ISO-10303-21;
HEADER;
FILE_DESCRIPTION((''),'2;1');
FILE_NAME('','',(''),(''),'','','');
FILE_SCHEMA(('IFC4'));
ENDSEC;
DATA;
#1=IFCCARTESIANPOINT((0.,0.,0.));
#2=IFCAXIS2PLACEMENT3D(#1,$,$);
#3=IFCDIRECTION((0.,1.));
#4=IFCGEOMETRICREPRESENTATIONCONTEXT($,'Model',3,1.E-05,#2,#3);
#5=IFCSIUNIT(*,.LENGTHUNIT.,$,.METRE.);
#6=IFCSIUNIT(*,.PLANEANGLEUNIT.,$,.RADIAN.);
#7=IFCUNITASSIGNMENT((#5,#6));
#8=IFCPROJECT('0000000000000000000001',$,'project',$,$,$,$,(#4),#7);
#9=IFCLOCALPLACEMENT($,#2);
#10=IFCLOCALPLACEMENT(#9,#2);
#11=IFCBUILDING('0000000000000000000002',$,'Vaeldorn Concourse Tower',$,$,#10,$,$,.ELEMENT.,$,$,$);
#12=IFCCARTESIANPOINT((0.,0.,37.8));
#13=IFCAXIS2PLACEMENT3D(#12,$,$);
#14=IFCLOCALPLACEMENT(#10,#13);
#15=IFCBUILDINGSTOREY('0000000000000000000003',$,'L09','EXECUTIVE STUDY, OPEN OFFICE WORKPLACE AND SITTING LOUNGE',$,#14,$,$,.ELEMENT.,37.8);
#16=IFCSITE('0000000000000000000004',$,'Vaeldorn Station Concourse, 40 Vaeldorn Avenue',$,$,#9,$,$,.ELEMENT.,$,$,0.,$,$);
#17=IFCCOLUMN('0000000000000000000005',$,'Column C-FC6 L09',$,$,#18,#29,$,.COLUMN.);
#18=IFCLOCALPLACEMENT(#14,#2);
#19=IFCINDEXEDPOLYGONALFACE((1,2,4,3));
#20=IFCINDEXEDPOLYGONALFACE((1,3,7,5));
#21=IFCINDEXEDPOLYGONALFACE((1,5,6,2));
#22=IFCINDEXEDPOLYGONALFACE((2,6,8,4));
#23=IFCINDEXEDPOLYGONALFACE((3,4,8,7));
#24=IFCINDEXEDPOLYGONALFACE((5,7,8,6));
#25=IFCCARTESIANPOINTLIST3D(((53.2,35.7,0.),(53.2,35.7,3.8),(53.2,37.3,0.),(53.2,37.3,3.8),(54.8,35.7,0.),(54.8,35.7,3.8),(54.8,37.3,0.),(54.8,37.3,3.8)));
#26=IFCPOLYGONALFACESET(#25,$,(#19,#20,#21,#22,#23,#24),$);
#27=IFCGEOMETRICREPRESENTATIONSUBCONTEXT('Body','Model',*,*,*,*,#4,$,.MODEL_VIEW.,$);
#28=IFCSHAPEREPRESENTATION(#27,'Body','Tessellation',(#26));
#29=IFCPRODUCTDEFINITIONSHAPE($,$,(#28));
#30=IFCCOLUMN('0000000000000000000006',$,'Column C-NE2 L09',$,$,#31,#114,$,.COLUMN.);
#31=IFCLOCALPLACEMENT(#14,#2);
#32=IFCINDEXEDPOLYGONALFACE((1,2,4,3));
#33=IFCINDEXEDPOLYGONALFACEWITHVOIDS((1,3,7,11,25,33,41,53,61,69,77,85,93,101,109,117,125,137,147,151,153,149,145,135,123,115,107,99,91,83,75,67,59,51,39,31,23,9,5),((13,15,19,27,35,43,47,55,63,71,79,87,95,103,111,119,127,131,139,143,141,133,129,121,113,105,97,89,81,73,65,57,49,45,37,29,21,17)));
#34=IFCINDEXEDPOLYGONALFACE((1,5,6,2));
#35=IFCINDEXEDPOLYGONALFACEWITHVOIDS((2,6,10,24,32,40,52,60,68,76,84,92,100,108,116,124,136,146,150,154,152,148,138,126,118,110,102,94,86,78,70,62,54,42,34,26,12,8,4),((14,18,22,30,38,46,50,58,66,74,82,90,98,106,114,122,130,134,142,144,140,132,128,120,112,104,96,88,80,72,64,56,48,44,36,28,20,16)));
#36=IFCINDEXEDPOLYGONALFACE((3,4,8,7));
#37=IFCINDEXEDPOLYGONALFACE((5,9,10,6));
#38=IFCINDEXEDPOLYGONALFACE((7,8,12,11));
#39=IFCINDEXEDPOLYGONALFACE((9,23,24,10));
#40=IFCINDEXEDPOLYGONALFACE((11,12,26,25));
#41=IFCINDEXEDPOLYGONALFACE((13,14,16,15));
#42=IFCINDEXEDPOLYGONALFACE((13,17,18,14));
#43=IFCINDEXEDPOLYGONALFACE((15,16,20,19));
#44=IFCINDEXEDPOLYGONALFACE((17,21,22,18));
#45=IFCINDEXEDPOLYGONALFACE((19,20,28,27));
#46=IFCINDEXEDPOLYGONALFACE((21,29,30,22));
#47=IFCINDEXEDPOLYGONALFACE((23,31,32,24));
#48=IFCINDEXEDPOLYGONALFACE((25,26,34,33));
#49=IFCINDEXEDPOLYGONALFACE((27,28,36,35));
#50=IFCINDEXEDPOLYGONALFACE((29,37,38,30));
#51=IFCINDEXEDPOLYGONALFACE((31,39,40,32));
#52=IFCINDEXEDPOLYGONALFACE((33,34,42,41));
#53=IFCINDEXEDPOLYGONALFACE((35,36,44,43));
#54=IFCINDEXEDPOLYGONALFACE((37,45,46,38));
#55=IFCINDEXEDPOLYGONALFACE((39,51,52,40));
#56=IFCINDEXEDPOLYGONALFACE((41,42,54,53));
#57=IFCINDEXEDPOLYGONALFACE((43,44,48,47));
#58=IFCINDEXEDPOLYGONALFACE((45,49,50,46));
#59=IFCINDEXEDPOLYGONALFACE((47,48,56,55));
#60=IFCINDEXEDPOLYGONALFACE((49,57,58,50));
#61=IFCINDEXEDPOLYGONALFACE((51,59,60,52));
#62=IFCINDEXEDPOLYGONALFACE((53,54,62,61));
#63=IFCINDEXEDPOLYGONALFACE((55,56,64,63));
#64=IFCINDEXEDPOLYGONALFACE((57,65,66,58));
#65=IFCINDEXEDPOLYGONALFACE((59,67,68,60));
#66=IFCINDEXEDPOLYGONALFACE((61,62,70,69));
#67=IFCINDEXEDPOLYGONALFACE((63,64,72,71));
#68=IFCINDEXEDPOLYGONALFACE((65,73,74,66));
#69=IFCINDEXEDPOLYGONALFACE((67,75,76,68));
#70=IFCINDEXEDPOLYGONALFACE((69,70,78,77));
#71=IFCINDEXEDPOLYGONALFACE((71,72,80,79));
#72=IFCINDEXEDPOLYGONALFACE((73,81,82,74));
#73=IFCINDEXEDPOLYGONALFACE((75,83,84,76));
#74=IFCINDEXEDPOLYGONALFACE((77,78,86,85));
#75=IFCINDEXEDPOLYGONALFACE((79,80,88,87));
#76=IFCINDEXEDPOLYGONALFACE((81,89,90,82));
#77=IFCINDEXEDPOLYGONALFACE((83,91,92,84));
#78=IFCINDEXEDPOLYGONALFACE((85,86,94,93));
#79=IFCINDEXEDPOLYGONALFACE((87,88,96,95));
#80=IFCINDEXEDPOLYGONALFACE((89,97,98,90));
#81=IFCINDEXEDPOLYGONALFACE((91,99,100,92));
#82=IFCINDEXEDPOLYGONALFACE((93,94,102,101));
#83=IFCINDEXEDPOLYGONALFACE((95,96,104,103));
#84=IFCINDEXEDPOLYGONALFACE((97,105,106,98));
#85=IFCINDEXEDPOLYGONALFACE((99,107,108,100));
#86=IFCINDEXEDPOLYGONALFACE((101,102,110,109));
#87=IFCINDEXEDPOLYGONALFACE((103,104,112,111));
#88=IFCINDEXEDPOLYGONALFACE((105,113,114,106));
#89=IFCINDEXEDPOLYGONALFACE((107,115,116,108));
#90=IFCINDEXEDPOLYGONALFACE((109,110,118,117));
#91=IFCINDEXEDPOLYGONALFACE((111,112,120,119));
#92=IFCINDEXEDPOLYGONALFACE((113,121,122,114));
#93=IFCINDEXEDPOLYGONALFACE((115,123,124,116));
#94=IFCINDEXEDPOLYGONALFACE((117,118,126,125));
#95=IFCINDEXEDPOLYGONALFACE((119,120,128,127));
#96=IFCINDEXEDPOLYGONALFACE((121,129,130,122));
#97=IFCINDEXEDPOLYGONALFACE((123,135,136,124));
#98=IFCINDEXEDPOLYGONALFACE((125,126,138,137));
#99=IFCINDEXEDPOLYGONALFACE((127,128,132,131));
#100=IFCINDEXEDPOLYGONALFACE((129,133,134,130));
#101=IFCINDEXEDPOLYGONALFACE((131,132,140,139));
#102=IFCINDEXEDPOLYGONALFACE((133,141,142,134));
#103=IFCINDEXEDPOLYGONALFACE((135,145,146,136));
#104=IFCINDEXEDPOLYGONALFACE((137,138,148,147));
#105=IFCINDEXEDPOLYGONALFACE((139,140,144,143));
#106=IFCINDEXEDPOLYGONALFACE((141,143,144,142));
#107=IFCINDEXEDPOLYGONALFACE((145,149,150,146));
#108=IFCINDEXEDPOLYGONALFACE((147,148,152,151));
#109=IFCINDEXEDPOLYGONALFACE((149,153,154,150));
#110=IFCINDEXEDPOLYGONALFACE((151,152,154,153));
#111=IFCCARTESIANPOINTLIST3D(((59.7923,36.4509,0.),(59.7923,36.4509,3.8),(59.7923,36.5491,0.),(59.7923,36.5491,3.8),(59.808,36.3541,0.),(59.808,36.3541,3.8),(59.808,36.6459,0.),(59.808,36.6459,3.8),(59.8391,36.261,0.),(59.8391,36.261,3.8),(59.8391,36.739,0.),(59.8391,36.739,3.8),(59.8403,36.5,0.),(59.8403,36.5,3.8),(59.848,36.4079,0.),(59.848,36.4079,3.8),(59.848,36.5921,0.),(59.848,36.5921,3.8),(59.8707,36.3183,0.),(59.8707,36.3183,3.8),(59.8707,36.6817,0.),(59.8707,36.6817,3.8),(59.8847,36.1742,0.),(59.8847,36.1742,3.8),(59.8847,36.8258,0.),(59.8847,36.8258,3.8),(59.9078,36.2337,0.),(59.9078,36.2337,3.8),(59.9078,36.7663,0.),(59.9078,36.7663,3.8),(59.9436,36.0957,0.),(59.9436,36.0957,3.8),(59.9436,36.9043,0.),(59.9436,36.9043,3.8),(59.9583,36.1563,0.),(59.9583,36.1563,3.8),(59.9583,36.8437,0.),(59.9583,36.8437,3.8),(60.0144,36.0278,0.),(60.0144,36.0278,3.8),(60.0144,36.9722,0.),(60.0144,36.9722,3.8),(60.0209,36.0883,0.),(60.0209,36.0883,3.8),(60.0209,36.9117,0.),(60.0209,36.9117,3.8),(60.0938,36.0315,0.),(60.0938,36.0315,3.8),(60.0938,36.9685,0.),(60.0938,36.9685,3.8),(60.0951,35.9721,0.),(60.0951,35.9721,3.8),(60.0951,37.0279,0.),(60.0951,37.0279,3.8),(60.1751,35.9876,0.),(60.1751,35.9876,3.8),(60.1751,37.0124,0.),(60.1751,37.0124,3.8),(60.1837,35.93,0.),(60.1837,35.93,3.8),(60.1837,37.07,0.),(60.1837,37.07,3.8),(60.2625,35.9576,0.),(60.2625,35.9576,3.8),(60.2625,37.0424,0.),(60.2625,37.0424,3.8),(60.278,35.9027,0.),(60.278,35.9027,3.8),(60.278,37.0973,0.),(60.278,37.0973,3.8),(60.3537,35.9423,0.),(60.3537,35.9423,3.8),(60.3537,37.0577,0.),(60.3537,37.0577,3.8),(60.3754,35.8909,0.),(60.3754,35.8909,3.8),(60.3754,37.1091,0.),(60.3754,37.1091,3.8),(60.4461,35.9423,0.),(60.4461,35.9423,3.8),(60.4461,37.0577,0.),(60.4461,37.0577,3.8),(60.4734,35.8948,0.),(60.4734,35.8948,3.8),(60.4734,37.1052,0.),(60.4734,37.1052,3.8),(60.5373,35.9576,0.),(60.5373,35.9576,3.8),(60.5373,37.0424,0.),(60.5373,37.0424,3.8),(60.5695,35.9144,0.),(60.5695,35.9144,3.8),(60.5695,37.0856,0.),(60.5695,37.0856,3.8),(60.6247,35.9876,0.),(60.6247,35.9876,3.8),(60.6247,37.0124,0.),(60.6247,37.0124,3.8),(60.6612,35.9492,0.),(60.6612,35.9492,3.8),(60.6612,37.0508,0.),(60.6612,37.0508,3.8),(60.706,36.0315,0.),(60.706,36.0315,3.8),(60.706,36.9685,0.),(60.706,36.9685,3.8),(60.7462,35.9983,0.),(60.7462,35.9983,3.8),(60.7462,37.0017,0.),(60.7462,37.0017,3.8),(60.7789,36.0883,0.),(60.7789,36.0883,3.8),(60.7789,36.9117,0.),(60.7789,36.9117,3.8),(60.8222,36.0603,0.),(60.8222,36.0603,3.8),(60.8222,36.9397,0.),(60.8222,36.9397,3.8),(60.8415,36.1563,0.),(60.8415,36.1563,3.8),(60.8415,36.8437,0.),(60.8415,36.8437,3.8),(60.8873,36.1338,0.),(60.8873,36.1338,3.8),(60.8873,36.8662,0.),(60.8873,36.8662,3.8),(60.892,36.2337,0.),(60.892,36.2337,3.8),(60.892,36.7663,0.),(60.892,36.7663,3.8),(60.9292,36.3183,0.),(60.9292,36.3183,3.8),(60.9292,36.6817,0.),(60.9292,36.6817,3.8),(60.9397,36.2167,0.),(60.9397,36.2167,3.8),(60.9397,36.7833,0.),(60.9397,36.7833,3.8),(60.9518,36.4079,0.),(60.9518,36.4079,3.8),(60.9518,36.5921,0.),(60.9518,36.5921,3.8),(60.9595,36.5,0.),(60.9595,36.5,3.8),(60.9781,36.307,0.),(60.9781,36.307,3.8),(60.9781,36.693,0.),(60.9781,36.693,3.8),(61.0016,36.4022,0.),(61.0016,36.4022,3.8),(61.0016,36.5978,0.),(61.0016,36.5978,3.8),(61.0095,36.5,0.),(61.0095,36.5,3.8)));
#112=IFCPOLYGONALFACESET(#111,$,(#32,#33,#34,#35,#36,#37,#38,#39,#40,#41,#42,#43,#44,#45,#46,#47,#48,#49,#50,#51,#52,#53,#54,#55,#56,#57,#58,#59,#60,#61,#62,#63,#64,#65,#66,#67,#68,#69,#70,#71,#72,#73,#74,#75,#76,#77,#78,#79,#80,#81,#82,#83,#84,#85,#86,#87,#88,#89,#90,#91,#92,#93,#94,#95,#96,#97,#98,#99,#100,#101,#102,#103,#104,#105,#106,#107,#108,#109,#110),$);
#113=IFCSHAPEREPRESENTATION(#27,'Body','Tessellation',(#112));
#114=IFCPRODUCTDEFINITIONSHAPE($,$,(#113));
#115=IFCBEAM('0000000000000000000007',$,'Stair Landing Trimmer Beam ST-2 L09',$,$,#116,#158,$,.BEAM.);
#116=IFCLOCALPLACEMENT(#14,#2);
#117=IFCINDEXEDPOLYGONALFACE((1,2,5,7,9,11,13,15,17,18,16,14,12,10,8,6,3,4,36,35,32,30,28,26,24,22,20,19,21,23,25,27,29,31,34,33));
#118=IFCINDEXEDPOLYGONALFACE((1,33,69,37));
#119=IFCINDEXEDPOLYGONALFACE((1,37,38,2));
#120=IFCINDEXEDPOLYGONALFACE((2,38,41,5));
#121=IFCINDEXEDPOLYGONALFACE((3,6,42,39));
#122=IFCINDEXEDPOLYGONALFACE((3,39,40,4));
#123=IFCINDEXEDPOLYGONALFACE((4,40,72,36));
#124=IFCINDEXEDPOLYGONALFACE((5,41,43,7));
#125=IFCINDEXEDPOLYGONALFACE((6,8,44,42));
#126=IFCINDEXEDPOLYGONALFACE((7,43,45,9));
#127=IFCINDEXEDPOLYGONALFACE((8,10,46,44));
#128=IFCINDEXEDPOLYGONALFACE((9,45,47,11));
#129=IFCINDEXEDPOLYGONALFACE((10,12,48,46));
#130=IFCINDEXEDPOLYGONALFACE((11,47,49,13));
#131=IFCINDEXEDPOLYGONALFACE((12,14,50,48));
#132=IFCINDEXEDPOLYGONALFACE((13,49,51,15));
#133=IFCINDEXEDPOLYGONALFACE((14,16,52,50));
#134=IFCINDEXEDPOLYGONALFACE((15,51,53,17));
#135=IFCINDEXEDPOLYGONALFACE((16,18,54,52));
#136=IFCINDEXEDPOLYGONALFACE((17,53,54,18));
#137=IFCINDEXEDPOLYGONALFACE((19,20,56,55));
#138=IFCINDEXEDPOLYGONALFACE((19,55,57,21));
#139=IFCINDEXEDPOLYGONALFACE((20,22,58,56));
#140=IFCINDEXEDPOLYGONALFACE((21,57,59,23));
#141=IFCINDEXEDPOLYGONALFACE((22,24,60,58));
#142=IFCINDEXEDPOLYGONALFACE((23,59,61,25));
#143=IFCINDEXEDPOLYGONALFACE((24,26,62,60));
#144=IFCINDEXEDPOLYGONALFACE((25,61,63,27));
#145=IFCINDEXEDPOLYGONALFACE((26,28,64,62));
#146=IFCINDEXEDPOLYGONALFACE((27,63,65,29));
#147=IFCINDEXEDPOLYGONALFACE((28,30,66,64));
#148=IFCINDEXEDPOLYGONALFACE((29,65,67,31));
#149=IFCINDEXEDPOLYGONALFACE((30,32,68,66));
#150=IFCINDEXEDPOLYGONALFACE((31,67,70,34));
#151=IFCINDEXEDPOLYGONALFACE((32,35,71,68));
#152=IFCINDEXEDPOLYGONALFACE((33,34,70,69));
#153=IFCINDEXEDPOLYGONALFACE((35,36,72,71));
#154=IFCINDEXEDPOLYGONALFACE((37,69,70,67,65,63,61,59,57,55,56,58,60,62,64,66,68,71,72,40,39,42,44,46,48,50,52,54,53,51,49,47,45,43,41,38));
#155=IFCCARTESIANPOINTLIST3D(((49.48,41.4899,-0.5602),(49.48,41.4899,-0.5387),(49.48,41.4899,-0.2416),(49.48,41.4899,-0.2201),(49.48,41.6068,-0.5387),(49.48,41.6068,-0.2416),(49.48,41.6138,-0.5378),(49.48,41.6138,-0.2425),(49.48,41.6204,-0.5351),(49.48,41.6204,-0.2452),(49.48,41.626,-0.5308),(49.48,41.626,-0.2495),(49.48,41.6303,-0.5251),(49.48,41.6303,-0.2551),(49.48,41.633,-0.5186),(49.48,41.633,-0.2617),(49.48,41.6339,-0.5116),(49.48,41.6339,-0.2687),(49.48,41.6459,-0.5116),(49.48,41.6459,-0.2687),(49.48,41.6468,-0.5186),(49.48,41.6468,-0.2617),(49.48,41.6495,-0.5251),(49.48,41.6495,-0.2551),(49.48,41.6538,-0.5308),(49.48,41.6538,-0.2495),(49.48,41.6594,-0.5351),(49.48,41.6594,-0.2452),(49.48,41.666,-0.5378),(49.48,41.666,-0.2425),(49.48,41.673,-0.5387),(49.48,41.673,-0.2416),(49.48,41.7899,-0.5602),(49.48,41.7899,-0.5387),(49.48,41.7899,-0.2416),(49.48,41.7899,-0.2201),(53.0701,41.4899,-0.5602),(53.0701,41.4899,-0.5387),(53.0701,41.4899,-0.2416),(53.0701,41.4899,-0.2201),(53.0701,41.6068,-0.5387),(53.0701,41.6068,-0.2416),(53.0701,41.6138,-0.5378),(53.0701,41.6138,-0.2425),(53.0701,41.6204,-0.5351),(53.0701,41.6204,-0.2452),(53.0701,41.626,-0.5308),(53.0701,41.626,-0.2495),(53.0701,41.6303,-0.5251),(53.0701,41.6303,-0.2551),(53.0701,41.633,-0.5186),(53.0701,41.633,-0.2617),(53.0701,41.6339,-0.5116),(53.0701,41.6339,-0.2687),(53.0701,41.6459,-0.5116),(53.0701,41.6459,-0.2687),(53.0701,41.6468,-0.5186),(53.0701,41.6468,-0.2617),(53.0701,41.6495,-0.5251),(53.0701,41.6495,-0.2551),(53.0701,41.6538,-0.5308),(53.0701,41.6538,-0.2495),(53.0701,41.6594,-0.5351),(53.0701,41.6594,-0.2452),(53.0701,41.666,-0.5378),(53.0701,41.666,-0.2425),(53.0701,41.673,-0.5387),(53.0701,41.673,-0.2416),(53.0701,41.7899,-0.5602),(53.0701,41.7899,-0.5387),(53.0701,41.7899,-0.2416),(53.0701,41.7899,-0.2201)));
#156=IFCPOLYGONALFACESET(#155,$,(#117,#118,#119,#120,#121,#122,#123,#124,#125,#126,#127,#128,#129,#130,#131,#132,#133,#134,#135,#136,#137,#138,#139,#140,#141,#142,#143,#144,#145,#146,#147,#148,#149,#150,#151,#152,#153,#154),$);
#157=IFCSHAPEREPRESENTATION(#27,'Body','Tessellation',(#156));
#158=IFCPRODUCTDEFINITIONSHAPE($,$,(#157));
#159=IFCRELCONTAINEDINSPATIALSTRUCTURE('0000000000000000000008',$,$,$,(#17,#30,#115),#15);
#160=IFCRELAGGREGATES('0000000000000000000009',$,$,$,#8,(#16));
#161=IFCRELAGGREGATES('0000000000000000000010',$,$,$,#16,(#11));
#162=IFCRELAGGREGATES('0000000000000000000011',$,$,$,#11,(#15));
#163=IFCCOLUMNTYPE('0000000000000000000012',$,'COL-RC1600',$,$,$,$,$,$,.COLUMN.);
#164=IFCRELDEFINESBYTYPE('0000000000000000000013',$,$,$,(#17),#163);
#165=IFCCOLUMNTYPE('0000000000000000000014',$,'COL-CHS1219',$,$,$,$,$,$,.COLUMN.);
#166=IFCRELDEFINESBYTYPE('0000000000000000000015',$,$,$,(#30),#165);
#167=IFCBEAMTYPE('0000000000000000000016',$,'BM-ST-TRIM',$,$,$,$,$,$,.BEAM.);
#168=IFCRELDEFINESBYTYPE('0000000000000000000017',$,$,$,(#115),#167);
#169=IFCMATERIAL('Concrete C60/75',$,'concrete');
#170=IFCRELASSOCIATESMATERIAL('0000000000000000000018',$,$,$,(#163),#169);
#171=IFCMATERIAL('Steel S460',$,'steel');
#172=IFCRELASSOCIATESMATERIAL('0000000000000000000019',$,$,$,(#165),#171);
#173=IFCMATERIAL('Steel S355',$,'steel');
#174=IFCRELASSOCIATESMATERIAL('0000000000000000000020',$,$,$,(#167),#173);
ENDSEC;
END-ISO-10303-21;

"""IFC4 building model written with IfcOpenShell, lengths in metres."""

from ifc_helpers import new_model, si_unit, direction, frame, origin, origin_2d, place, context, subcontext, project, spatial, rectangle, hollow_circle, i_section, extrude, source, transform, mapped, material, material_profile, profile_set, type_object, element, save


model = new_model("IFC4")

# Units and contexts
model_context = context("Model", 3, precision=1e-05, world=origin(), true_north=direction((0.0, 1.0)))
body_context = subcontext(model_context, "Body", "Model", "MODEL_VIEW")
ifc_project = project(units=[si_unit("LENGTHUNIT", "METRE"), si_unit("PLANEANGLEUNIT", "RADIAN")], contexts=[model_context])

# Site, building, storey
site_placement = place(None, origin())
site = spatial("IfcSite", under=ifc_project, at=site_placement, Name="Vaeldorn Station Concourse, 40 Vaeldorn Avenue", CompositionType="ELEMENT", RefElevation=0.0)
building_placement = place(site_placement, origin())
building = spatial("IfcBuilding", under=site, at=building_placement, Name="Vaeldorn Concourse Tower", CompositionType="ELEMENT")
storey_placement = place(building_placement, frame((0.0, 0.0, 37.8)))
storey = spatial("IfcBuildingStorey", under=building, at=storey_placement, Name="L09", Description="EXECUTIVE STUDY, OPEN OFFICE WORKPLACE AND SITTING LOUNGE", CompositionType="ELEMENT", Elevation=37.8)

# Columns
ifc_material_1 = material(Name="Concrete C60/75", Category="concrete")
ifc_material_profile_1 = material_profile(ifc_material_1, rectangle(XDim=1.6001, YDim=1.6001, at=origin_2d()), Name="RC 1600x1600")
ifc_profile_set_1 = profile_set([ifc_material_profile_1], Name="Concrete C60/75")
column_type_1 = type_object("IfcColumnType", Name="COL-RC1600", PredefinedType="COLUMN", material=ifc_profile_set_1)
shared_shape_1 = source(origin(), body_context, "Body", "SweptSolid", [
    extrude(rectangle(XDim=1.6001, YDim=1.6001, at=origin_2d()), origin(), (0.0, 0.0, 1.0), 3.8),
])
column_1_placement = place(storey_placement, frame((54.0, 36.5, 0.0), z_axis=(0.0, 0.0, 1.0), x_axis=(1.0, 0.0, 0.0)))
element("IfcColumn", 1, at=column_1_placement, inside=storey, type_object=column_type_1, Name="Column C-FC6 L09", PredefinedType="COLUMN", context=body_context, shape_type="MappedRepresentation", body=[
    mapped(shared_shape_1, transform((0.0, 0.0, 0.0), scale=1.0)),
])
ifc_material_2 = material(Name="Steel S460", Category="steel")
ifc_material_profile_2 = material_profile(ifc_material_2, hollow_circle(Radius=0.6096, WallThickness=0.05, at=origin_2d()), Name="CHS 1219x50")
ifc_profile_set_2 = profile_set([ifc_material_profile_2], Name="Steel S460")
column_type_2 = type_object("IfcColumnType", Name="COL-CHS1219", PredefinedType="COLUMN", material=ifc_profile_set_2)
shared_shape_2 = source(origin(), body_context, "Body", "SweptSolid", [
    extrude(hollow_circle(Radius=0.6096, WallThickness=0.05, at=origin_2d()), origin(), (0.0, 0.0, 1.0), 3.8),
])
column_2_placement = place(storey_placement, frame((60.3999, 36.5, 0.0), z_axis=(0.0, 0.0, 1.0), x_axis=(1.0, 0.0, 0.0)))
element("IfcColumn", 2, at=column_2_placement, inside=storey, type_object=column_type_2, Name="Column C-NE2 L09", PredefinedType="COLUMN", context=body_context, shape_type="MappedRepresentation", body=[
    mapped(shared_shape_2, transform((0.0, 0.0, 0.0), scale=1.0)),
])

# Beam
ifc_material_3 = material(Name="Steel S355", Category="steel")
ifc_material_profile_3 = material_profile(ifc_material_3, i_section(OverallWidth=0.3, OverallDepth=0.3401, WebThickness=0.012, FlangeThickness=0.0215, FilletRadius=0.0271, at=origin_2d()), Name="HEB 340")
ifc_profile_set_3 = profile_set([ifc_material_profile_3], Name="Steel S355")
beam_type_1 = type_object("IfcBeamType", Name="BM-ST-TRIM", PredefinedType="BEAM", material=ifc_profile_set_3)
shared_shape_3 = source(origin(), body_context, "Body", "SweptSolid", [
    extrude(i_section(OverallWidth=0.3, OverallDepth=0.3401, WebThickness=0.012, FlangeThickness=0.0215, FilletRadius=0.0271, at=origin_2d()), origin(), (0.0, 0.0, 1.0), 3.5901),
])
beam_1_placement = place(storey_placement, frame((49.48, 41.6399, -0.3901), z_axis=(1.0, 0.0, 0.0), x_axis=(0.0, 1.0, 0.0)))
element("IfcBeam", 3, at=beam_1_placement, inside=storey, type_object=beam_type_1, Name="Stair Landing Trimmer Beam ST-2 L09", PredefinedType="BEAM", context=body_context, shape_type="MappedRepresentation", body=[
    mapped(shared_shape_3, transform((0.0, 0.0, 0.0), scale=1.0)),
])

save(model, "model.ifc")
